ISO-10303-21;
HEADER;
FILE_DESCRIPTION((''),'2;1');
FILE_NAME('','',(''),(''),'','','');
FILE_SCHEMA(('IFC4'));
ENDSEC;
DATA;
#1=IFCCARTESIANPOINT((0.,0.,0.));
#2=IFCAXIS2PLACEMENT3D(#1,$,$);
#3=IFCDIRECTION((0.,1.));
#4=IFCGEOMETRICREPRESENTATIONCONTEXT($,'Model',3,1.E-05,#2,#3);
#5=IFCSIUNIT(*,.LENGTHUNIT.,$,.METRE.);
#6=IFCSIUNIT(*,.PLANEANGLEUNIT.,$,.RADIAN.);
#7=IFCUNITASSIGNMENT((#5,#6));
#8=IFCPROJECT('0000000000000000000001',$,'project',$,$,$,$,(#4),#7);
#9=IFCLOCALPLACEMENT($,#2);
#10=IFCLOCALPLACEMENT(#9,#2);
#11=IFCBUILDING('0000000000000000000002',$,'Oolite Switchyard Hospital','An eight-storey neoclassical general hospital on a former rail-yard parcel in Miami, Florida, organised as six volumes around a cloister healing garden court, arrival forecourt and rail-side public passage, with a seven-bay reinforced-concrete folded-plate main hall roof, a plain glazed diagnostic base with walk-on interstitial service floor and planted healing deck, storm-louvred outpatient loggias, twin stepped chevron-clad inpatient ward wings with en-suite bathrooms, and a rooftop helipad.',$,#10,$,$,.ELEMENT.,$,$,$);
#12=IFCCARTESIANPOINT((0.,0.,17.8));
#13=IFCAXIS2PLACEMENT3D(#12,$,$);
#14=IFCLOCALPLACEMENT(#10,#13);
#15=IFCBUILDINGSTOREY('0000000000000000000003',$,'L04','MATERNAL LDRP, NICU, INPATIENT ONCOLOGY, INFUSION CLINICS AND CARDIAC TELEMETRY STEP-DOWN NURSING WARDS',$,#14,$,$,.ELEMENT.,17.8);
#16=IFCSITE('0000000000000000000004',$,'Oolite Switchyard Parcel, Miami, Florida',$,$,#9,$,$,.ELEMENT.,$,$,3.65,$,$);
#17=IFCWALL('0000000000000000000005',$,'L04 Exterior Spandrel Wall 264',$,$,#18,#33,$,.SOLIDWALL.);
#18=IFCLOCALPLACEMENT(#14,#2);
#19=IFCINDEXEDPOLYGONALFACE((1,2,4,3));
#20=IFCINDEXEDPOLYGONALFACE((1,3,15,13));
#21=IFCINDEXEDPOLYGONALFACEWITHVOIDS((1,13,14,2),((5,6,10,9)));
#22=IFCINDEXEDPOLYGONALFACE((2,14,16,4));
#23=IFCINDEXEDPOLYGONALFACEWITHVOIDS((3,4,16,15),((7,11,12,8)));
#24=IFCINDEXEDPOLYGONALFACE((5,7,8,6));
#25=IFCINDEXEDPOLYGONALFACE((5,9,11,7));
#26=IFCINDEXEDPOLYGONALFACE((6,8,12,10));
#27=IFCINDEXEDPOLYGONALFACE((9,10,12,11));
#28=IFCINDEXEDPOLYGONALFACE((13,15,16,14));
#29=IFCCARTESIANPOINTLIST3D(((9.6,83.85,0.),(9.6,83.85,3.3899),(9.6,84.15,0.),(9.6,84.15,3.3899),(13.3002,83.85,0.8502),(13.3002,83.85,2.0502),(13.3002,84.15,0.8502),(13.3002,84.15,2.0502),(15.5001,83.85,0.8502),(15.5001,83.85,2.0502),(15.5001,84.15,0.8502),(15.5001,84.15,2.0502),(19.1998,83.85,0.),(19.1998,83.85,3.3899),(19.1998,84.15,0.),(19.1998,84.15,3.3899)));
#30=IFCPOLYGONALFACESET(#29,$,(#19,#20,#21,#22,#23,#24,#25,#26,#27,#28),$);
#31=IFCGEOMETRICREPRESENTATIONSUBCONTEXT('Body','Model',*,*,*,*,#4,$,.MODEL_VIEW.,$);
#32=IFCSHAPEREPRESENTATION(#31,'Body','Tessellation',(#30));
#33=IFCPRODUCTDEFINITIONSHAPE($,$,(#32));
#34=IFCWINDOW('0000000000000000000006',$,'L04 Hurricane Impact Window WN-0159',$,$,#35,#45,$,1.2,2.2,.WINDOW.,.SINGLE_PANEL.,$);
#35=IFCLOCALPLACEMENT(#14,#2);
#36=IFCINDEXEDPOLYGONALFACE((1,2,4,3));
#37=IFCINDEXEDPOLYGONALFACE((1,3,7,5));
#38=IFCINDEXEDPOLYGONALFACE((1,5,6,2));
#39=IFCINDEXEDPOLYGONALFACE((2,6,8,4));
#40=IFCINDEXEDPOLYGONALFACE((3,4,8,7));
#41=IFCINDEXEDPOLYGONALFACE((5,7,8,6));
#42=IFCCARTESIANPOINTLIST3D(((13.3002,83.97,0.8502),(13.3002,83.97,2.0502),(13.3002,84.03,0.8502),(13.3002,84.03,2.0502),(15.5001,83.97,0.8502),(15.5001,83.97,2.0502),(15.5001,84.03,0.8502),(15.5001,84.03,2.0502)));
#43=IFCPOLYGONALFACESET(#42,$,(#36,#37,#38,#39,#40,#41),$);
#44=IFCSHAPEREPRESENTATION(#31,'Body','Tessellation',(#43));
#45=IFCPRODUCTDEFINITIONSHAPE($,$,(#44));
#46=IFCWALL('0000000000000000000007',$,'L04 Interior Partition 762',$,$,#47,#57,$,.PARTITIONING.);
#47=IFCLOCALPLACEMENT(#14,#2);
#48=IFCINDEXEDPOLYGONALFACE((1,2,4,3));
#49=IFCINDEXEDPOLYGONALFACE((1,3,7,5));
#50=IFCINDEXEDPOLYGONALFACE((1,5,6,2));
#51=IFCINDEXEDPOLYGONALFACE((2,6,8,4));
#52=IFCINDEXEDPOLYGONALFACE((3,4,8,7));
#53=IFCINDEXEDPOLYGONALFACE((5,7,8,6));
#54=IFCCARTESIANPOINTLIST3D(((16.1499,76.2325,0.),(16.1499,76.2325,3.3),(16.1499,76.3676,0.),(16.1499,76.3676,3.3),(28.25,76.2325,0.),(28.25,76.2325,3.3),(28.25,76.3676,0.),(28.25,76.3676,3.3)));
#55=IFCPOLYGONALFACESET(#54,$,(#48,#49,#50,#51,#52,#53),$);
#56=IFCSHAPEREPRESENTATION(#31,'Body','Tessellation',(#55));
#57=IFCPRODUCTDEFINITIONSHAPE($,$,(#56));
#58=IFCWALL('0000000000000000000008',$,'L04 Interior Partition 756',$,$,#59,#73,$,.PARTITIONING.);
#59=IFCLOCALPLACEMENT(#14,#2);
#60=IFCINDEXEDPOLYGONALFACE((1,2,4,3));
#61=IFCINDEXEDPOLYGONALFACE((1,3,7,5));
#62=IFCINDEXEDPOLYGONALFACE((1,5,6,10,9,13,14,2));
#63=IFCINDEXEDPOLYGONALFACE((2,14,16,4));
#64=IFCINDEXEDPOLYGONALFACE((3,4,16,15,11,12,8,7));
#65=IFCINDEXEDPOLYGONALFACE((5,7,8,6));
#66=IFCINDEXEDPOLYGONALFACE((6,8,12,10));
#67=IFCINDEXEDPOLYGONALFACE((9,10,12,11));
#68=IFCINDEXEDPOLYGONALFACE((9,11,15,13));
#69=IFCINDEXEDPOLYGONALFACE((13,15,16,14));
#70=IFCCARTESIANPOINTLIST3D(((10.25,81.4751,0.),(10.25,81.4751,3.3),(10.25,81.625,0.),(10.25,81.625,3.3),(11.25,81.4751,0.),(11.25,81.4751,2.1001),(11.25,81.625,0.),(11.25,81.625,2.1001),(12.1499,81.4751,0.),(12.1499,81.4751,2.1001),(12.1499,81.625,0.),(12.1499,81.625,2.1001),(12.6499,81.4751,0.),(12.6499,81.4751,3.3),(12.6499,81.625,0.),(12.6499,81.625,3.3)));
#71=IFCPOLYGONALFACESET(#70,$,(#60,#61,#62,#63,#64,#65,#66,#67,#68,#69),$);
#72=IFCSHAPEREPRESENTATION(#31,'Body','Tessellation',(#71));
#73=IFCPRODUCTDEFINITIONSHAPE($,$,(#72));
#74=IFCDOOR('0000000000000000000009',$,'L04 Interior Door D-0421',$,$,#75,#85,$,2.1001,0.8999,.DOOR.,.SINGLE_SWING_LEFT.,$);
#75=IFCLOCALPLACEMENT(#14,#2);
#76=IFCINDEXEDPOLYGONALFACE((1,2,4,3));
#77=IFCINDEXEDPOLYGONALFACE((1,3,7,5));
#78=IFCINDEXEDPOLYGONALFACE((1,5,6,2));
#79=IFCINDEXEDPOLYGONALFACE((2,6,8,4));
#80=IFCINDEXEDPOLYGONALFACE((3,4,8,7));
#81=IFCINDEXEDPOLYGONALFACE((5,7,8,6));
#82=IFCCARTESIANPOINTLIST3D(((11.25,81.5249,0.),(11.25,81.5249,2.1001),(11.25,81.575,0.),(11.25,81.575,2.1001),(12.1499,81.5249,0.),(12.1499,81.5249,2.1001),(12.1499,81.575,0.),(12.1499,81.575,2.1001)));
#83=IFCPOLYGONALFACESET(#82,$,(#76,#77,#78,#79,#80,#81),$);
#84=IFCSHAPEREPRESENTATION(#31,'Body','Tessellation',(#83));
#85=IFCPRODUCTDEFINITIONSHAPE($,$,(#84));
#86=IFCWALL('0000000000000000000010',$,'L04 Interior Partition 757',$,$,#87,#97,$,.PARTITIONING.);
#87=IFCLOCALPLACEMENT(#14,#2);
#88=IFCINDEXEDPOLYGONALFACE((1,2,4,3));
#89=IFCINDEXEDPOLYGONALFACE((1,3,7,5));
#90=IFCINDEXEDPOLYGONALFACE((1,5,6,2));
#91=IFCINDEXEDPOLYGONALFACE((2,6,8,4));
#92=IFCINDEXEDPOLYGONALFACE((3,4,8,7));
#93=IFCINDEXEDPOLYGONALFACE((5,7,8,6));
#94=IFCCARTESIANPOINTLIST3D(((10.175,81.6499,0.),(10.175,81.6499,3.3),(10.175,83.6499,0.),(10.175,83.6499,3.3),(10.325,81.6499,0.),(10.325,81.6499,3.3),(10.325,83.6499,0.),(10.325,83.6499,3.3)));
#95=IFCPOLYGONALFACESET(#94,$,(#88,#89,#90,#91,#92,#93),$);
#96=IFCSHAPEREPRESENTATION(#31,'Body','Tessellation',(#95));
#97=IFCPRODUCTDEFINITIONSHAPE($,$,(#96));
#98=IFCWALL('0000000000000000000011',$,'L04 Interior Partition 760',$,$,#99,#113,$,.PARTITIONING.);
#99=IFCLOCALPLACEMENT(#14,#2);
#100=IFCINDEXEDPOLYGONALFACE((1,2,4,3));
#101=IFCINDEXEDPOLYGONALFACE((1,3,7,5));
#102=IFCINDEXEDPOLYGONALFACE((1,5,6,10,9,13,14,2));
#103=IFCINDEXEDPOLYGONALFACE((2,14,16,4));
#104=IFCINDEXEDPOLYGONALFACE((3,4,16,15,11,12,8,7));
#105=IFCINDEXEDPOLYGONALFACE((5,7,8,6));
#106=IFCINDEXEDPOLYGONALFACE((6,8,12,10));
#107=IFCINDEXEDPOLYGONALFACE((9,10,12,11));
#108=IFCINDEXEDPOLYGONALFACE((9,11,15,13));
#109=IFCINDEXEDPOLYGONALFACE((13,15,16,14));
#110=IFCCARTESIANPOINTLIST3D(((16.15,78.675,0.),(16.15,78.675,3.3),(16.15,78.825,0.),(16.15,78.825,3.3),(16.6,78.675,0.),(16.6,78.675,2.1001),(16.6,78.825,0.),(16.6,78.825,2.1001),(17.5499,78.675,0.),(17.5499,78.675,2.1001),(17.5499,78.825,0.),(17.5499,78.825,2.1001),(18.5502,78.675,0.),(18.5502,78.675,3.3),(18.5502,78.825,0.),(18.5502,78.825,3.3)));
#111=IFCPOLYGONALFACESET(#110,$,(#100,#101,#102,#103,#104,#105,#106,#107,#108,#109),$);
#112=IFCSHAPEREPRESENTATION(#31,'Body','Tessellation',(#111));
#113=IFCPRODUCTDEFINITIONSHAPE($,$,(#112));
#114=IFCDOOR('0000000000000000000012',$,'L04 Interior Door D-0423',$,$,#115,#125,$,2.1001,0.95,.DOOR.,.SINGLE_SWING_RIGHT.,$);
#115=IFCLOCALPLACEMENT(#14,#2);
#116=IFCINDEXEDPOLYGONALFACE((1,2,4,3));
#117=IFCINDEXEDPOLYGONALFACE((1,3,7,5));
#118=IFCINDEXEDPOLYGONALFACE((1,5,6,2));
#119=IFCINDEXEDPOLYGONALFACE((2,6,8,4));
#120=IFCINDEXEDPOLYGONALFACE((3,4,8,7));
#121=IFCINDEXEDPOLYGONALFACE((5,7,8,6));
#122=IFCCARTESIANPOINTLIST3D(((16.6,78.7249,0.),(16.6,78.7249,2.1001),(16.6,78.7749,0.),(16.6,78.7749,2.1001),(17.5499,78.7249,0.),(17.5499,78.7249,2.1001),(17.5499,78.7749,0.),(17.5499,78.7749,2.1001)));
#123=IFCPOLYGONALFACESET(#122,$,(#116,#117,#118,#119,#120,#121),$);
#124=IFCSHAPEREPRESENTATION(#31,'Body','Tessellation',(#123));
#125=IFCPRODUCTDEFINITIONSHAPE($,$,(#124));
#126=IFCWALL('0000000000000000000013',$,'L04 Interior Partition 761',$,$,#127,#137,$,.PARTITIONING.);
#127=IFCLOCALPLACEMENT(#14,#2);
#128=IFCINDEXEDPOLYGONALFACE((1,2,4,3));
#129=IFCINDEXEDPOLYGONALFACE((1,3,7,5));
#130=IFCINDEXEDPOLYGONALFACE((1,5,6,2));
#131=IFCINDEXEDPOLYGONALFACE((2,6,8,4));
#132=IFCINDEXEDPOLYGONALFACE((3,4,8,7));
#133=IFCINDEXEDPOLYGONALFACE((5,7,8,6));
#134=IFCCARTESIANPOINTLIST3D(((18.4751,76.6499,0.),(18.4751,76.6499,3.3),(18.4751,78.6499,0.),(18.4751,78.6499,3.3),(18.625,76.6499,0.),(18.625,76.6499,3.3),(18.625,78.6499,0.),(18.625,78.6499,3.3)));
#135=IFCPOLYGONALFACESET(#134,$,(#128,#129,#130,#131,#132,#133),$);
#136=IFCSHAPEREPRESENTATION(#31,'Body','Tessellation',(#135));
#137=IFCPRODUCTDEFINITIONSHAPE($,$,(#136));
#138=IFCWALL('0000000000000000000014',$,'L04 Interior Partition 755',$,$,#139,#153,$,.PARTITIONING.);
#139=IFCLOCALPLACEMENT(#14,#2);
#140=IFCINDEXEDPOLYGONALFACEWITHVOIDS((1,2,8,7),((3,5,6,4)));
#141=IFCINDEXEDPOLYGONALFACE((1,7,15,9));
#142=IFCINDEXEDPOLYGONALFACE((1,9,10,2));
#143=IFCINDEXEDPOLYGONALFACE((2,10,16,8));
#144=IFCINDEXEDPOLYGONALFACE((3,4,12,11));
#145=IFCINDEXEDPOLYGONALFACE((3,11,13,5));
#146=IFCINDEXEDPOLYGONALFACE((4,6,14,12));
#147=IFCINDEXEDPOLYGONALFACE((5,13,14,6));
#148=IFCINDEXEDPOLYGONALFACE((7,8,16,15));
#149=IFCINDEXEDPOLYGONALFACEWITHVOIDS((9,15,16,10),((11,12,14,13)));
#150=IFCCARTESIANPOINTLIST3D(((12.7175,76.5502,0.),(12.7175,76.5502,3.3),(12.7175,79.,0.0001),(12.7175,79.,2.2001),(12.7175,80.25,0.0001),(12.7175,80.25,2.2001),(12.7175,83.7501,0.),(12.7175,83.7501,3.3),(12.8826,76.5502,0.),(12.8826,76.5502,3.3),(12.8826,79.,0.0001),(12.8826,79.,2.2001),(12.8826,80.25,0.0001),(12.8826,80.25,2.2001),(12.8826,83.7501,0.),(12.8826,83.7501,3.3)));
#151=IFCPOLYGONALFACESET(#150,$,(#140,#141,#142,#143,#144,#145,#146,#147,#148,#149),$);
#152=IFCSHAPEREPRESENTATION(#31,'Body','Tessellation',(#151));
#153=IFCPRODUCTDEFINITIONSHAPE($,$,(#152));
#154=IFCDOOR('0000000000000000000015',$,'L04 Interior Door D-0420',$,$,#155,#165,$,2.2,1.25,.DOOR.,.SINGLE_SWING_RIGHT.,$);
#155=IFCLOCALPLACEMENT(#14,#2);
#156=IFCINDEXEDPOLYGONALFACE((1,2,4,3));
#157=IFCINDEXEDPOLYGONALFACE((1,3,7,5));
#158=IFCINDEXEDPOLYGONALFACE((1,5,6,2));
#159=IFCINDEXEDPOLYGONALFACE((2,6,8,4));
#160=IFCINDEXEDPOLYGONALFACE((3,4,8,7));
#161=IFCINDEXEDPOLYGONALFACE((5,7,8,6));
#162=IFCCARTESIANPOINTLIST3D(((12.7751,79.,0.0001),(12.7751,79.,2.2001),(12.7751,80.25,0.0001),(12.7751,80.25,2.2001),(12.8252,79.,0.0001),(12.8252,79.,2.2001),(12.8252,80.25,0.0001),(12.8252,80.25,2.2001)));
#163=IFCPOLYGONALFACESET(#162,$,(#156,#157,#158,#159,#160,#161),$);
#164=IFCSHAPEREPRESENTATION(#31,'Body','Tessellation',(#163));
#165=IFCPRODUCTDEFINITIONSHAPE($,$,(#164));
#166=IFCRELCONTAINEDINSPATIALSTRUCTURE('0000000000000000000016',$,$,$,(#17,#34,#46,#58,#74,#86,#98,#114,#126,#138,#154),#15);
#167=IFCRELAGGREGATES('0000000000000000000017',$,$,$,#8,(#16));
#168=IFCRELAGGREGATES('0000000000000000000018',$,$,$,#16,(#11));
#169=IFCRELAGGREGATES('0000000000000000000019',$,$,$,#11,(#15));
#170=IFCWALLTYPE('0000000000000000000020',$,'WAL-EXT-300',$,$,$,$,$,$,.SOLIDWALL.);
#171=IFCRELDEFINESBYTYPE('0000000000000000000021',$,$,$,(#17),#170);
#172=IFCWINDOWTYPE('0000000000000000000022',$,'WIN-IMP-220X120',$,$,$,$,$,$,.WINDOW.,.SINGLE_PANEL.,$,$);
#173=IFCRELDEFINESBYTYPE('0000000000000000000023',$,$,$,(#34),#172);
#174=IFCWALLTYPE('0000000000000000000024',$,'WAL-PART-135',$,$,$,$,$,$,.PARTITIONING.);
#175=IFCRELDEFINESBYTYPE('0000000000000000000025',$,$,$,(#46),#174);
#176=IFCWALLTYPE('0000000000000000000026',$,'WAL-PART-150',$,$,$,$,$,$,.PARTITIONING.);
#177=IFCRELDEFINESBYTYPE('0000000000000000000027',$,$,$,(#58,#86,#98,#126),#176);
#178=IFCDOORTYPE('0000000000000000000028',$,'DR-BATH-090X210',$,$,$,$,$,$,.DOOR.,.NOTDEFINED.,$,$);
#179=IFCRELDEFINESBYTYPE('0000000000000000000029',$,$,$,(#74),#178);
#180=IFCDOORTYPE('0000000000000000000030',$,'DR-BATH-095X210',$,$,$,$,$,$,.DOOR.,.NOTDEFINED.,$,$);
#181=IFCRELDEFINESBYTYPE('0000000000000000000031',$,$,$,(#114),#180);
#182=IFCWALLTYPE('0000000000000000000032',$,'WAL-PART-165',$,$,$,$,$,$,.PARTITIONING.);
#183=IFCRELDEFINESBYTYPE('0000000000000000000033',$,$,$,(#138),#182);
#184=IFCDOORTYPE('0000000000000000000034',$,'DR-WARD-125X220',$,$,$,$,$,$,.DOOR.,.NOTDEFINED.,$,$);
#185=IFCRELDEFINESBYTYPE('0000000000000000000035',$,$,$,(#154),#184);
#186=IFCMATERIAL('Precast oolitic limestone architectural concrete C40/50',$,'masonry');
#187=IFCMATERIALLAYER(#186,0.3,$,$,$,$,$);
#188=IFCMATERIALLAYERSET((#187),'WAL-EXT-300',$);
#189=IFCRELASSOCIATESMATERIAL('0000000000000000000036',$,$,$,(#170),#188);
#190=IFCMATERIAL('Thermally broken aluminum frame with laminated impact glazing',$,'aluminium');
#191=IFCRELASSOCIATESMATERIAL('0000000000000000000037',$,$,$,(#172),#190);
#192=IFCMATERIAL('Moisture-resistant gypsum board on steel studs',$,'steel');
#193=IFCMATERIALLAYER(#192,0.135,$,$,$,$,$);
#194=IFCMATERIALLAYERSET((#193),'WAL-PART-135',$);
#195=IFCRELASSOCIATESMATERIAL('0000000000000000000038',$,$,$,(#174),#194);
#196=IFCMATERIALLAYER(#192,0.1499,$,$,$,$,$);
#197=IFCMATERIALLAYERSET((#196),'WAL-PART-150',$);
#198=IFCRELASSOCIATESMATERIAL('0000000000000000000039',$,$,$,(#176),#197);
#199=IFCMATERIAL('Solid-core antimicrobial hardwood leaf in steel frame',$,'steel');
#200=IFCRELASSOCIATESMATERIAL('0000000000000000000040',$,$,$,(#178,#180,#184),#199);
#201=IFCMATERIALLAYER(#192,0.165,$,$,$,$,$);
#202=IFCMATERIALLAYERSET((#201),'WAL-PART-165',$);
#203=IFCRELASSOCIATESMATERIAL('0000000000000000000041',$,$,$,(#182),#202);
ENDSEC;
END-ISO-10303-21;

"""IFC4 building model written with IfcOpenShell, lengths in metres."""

from ifc_helpers import new_model, si_unit, direction, frame, frame_2d, origin, place, context, subcontext, project, spatial, rectangle, extrude, material, layer, layer_set, type_object, element, fill, save


model = new_model("IFC4")

# Units and contexts
model_context = context("Model", 3, precision=1e-05, world=origin(), true_north=direction((0.0, 1.0)))
body_context = subcontext(model_context, "Body", "Model", "MODEL_VIEW")
ifc_project = project(units=[si_unit("LENGTHUNIT", "METRE"), si_unit("PLANEANGLEUNIT", "RADIAN")], contexts=[model_context])

# Site, building, storey
site_placement = place(None, origin())
site = spatial("IfcSite", under=ifc_project, at=site_placement, Name="Oolite Switchyard Parcel, Miami, Florida", CompositionType="ELEMENT", RefElevation=3.65)
building_placement = place(site_placement, origin())
building = spatial("IfcBuilding", under=site, at=building_placement, Name="Oolite Switchyard Hospital", Description="An eight-storey neoclassical general hospital on a former rail-yard parcel in Miami, Florida, organised as six volumes around a cloister healing garden court, arrival forecourt and rail-side public passage, with a seven-bay reinforced-concrete folded-plate main hall roof, a plain glazed diagnostic base with walk-on interstitial service floor and planted healing deck, storm-louvred outpatient loggias, twin stepped chevron-clad inpatient ward wings with en-suite bathrooms, and a rooftop helipad.", CompositionType="ELEMENT")
storey_placement = place(building_placement, frame((0.0, 0.0, 17.8)))
storey = spatial("IfcBuildingStorey", under=building, at=storey_placement, Name="L04", Description="MATERNAL LDRP, NICU, INPATIENT ONCOLOGY, INFUSION CLINICS AND CARDIAC TELEMETRY STEP-DOWN NURSING WARDS", CompositionType="ELEMENT", Elevation=17.8)

# Wall, opening, window
ifc_material_1 = material(Name="Precast oolitic limestone architectural concrete C40/50", Category="masonry")
ifc_layer_1 = layer(ifc_material_1, 0.3)
ifc_layer_set_1 = layer_set([ifc_layer_1], Name="WAL-EXT-300")
wall_type_1 = type_object("IfcWallType", Name="WAL-EXT-300", PredefinedType="SOLIDWALL", material=ifc_layer_set_1)
wall_1_placement = place(storey_placement, frame((9.6001, 84.0, 0.0), z_axis=(0.0, 0.0, 1.0), x_axis=(1.0, 0.0, 0.0)))
wall_1 = element("IfcWall", 1, at=wall_1_placement, inside=storey, type_object=wall_type_1, Name="L04 Exterior Spandrel Wall 264", PredefinedType="SOLIDWALL", context=body_context, shape_type="SweptSolid", body=[
    extrude(rectangle(XDim=9.5999, YDim=0.3, at=frame_2d((4.7998, 0.0))), origin(), (0.0, 0.0, 1.0), 3.3899),
])
opening_1_placement = place(wall_1_placement, frame((3.7, 0.0, 0.8501)))
opening_1 = element("IfcOpeningElement", 2, at=opening_1_placement, cuts=wall_1, PredefinedType="OPENING", context=body_context, shape_type="SweptSolid", body=[
    extrude(rectangle(XDim=2.2, YDim=1.2, at=frame_2d((1.1001, 0.6001))), frame((0.0, 0.1602, 0.0), z_axis=(0.0, -1.0, 0.0), x_axis=(1.0, 0.0, 0.0)), (0.0, 0.0, 1.0), 0.3201),
])
ifc_material_2 = material(Name="Thermally broken aluminum frame with laminated impact glazing", Category="aluminium")
window_type = type_object("IfcWindowType", Name="WIN-IMP-220X120", PartitioningType="SINGLE_PANEL", PredefinedType="WINDOW", material=ifc_material_2)
window_placement = place(opening_1_placement, origin())
window = element("IfcWindow", 3, at=window_placement, inside=storey, type_object=window_type, Name="L04 Hurricane Impact Window WN-0159", OverallHeight=1.2, OverallWidth=2.2, PartitioningType="SINGLE_PANEL", PredefinedType="WINDOW", context=body_context, shape_type="SweptSolid", body=[
    extrude(rectangle(XDim=2.2, YDim=1.2, at=frame_2d((1.1001, 0.6001))), frame((0.0, 0.03, 0.0), z_axis=(0.0, -1.0, 0.0), x_axis=(1.0, 0.0, 0.0)), (0.0, 0.0, 1.0), 0.0601),
])
fill(opening_1, window)

# Wall
ifc_material_3 = material(Name="Moisture-resistant gypsum board on steel studs", Category="steel")
ifc_layer_2 = layer(ifc_material_3, 0.135)
ifc_layer_set_2 = layer_set([ifc_layer_2], Name="WAL-PART-135")
wall_type_2 = type_object("IfcWallType", Name="WAL-PART-135", PredefinedType="PARTITIONING", material=ifc_layer_set_2)
wall_2_placement = place(storey_placement, frame((16.1499, 76.3, 0.0), z_axis=(0.0, 0.0, 1.0), x_axis=(1.0, 0.0, 0.0)))
element("IfcWall", 4, at=wall_2_placement, inside=storey, type_object=wall_type_2, Name="L04 Interior Partition 762", PredefinedType="PARTITIONING", context=body_context, shape_type="SweptSolid", body=[
    extrude(rectangle(XDim=12.1001, YDim=0.135, at=frame_2d((6.05, 0.0))), origin(), (0.0, 0.0, 1.0), 3.3),
])

# Wall, opening, door
ifc_layer_3 = layer(ifc_material_3, 0.1499)
ifc_layer_set_3 = layer_set([ifc_layer_3], Name="WAL-PART-150")
wall_type_3 = type_object("IfcWallType", Name="WAL-PART-150", PredefinedType="PARTITIONING", material=ifc_layer_set_3)
wall_3_placement = place(storey_placement, frame((10.25, 81.55, 0.0), z_axis=(0.0, 0.0, 1.0), x_axis=(1.0, 0.0, 0.0)))
wall_3 = element("IfcWall", 5, at=wall_3_placement, inside=storey, type_object=wall_type_3, Name="L04 Interior Partition 756", PredefinedType="PARTITIONING", context=body_context, shape_type="SweptSolid", body=[
    extrude(rectangle(XDim=2.3999, YDim=0.1499, at=frame_2d((1.2, 0.0))), origin(), (0.0, 0.0, 1.0), 3.3),
])
opening_2_placement = place(wall_3_placement, frame((1.0, 0.0, 0.0)))
opening_2 = element("IfcOpeningElement", 6, at=opening_2_placement, cuts=wall_3, PredefinedType="OPENING", context=body_context, shape_type="SweptSolid", body=[
    extrude(rectangle(XDim=0.8999, YDim=2.1001, at=frame_2d((0.45, 1.05))), frame((0.0, 0.085, 0.0), z_axis=(0.0, -1.0, 0.0), x_axis=(1.0, 0.0, 0.0)), (0.0, 0.0, 1.0), 0.1699),
])
ifc_material_4 = material(Name="Solid-core antimicrobial hardwood leaf in steel frame", Category="steel")
door_type_1 = type_object("IfcDoorType", Name="DR-BATH-090X210", OperationType="NOTDEFINED", PredefinedType="DOOR", material=ifc_material_4)
door_1_placement = place(opening_2_placement, origin())
door_1 = element("IfcDoor", 7, at=door_1_placement, inside=storey, type_object=door_type_1, Name="L04 Interior Door D-0421", OperationType="SINGLE_SWING_LEFT", OverallHeight=2.1001, OverallWidth=0.8999, PredefinedType="DOOR", context=body_context, shape_type="SweptSolid", body=[
    extrude(rectangle(XDim=0.8999, YDim=2.1001, at=frame_2d((0.45, 1.05))), frame((0.0, 0.0249, 0.0), z_axis=(0.0, -1.0, 0.0), x_axis=(1.0, 0.0, 0.0)), (0.0, 0.0, 1.0), 0.05),
])
fill(opening_2, door_1)

# Wall
wall_4_placement = place(storey_placement, frame((10.25, 81.6499, 0.0), z_axis=(0.0, 0.0, 1.0), x_axis=(0.0, 1.0, 0.0)))
element("IfcWall", 8, at=wall_4_placement, inside=storey, type_object=wall_type_3, Name="L04 Interior Partition 757", PredefinedType="PARTITIONING", context=body_context, shape_type="SweptSolid", body=[
    extrude(rectangle(XDim=2.0, YDim=0.1499, at=frame_2d((1.0, 0.0))), origin(), (0.0, 0.0, 1.0), 3.3),
])

# Wall, opening, door
wall_5_placement = place(storey_placement, frame((16.1499, 78.75, 0.0), z_axis=(0.0, 0.0, 1.0), x_axis=(1.0, 0.0, 0.0)))
wall_5 = element("IfcWall", 9, at=wall_5_placement, inside=storey, type_object=wall_type_3, Name="L04 Interior Partition 760", PredefinedType="PARTITIONING", context=body_context, shape_type="SweptSolid", body=[
    extrude(rectangle(XDim=2.4001, YDim=0.1499, at=frame_2d((1.2002, 0.0))), origin(), (0.0, 0.0, 1.0), 3.3),
])
opening_3_placement = place(wall_5_placement, frame((0.45, 0.0, 0.0)))
opening_3 = element("IfcOpeningElement", 10, at=opening_3_placement, cuts=wall_5, PredefinedType="OPENING", context=body_context, shape_type="SweptSolid", body=[
    extrude(rectangle(XDim=0.95, YDim=2.1001, at=frame_2d((0.4751, 1.05))), frame((0.0, 0.085, 0.0), z_axis=(0.0, -1.0, 0.0), x_axis=(1.0, 0.0, 0.0)), (0.0, 0.0, 1.0), 0.1699),
])
door_type_2 = type_object("IfcDoorType", Name="DR-BATH-095X210", OperationType="NOTDEFINED", PredefinedType="DOOR", material=ifc_material_4)
door_2_placement = place(opening_3_placement, origin())
door_2 = element("IfcDoor", 11, at=door_2_placement, inside=storey, type_object=door_type_2, Name="L04 Interior Door D-0423", OperationType="SINGLE_SWING_RIGHT", OverallHeight=2.1001, OverallWidth=0.95, PredefinedType="DOOR", context=body_context, shape_type="SweptSolid", body=[
    extrude(rectangle(XDim=0.95, YDim=2.1001, at=frame_2d((0.4751, 1.05))), frame((0.0, 0.0249, 0.0), z_axis=(0.0, -1.0, 0.0), x_axis=(1.0, 0.0, 0.0)), (0.0, 0.0, 1.0), 0.05),
])
fill(opening_3, door_2)

# Wall
wall_6_placement = place(storey_placement, frame((18.55, 76.6499, 0.0), z_axis=(0.0, 0.0, 1.0), x_axis=(0.0, 1.0, 0.0)))
element("IfcWall", 12, at=wall_6_placement, inside=storey, type_object=wall_type_3, Name="L04 Interior Partition 761", PredefinedType="PARTITIONING", context=body_context, shape_type="SweptSolid", body=[
    extrude(rectangle(XDim=2.0, YDim=0.1499, at=frame_2d((1.0, 0.0))), origin(), (0.0, 0.0, 1.0), 3.3),
])

# Wall, opening, door
ifc_layer_4 = layer(ifc_material_3, 0.165)
ifc_layer_set_4 = layer_set([ifc_layer_4], Name="WAL-PART-165")
wall_type_4 = type_object("IfcWallType", Name="WAL-PART-165", PredefinedType="PARTITIONING", material=ifc_layer_set_4)
wall_7_placement = place(storey_placement, frame((12.8, 76.55, 0.0), z_axis=(0.0, 0.0, 1.0), x_axis=(0.0, 1.0, 0.0)))
wall_7 = element("IfcWall", 13, at=wall_7_placement, inside=storey, type_object=wall_type_4, Name="L04 Interior Partition 755", PredefinedType="PARTITIONING", context=body_context, shape_type="SweptSolid", body=[
    extrude(rectangle(XDim=7.2, YDim=0.165, at=frame_2d((3.6001, 0.0))), origin(), (0.0, 0.0, 1.0), 3.3),
])
opening_4_placement = place(wall_7_placement, frame((2.45, 0.0, 0.0)))
opening_4 = element("IfcOpeningElement", 14, at=opening_4_placement, cuts=wall_7, PredefinedType="OPENING", context=body_context, shape_type="SweptSolid", body=[
    extrude(rectangle(XDim=1.25, YDim=2.2, at=frame_2d((0.625, 1.1001))), frame((0.0, 0.0925, 0.0), z_axis=(0.0, -1.0, 0.0), x_axis=(1.0, 0.0, 0.0)), (0.0, 0.0, 1.0), 0.1851),
])
door_type_3 = type_object("IfcDoorType", Name="DR-WARD-125X220", OperationType="NOTDEFINED", PredefinedType="DOOR", material=ifc_material_4)
door_3_placement = place(opening_4_placement, origin())
door_3 = element("IfcDoor", 15, at=door_3_placement, inside=storey, type_object=door_type_3, Name="L04 Interior Door D-0420", OperationType="SINGLE_SWING_RIGHT", OverallHeight=2.2, OverallWidth=1.25, PredefinedType="DOOR", context=body_context, shape_type="SweptSolid", body=[
    extrude(rectangle(XDim=1.25, YDim=2.2, at=frame_2d((0.625, 1.1001))), frame((0.0, 0.0249, 0.0), z_axis=(0.0, -1.0, 0.0), x_axis=(1.0, 0.0, 0.0)), (0.0, 0.0, 1.0), 0.05),
])
fill(opening_4, door_3)

save(model, "model.ifc")
